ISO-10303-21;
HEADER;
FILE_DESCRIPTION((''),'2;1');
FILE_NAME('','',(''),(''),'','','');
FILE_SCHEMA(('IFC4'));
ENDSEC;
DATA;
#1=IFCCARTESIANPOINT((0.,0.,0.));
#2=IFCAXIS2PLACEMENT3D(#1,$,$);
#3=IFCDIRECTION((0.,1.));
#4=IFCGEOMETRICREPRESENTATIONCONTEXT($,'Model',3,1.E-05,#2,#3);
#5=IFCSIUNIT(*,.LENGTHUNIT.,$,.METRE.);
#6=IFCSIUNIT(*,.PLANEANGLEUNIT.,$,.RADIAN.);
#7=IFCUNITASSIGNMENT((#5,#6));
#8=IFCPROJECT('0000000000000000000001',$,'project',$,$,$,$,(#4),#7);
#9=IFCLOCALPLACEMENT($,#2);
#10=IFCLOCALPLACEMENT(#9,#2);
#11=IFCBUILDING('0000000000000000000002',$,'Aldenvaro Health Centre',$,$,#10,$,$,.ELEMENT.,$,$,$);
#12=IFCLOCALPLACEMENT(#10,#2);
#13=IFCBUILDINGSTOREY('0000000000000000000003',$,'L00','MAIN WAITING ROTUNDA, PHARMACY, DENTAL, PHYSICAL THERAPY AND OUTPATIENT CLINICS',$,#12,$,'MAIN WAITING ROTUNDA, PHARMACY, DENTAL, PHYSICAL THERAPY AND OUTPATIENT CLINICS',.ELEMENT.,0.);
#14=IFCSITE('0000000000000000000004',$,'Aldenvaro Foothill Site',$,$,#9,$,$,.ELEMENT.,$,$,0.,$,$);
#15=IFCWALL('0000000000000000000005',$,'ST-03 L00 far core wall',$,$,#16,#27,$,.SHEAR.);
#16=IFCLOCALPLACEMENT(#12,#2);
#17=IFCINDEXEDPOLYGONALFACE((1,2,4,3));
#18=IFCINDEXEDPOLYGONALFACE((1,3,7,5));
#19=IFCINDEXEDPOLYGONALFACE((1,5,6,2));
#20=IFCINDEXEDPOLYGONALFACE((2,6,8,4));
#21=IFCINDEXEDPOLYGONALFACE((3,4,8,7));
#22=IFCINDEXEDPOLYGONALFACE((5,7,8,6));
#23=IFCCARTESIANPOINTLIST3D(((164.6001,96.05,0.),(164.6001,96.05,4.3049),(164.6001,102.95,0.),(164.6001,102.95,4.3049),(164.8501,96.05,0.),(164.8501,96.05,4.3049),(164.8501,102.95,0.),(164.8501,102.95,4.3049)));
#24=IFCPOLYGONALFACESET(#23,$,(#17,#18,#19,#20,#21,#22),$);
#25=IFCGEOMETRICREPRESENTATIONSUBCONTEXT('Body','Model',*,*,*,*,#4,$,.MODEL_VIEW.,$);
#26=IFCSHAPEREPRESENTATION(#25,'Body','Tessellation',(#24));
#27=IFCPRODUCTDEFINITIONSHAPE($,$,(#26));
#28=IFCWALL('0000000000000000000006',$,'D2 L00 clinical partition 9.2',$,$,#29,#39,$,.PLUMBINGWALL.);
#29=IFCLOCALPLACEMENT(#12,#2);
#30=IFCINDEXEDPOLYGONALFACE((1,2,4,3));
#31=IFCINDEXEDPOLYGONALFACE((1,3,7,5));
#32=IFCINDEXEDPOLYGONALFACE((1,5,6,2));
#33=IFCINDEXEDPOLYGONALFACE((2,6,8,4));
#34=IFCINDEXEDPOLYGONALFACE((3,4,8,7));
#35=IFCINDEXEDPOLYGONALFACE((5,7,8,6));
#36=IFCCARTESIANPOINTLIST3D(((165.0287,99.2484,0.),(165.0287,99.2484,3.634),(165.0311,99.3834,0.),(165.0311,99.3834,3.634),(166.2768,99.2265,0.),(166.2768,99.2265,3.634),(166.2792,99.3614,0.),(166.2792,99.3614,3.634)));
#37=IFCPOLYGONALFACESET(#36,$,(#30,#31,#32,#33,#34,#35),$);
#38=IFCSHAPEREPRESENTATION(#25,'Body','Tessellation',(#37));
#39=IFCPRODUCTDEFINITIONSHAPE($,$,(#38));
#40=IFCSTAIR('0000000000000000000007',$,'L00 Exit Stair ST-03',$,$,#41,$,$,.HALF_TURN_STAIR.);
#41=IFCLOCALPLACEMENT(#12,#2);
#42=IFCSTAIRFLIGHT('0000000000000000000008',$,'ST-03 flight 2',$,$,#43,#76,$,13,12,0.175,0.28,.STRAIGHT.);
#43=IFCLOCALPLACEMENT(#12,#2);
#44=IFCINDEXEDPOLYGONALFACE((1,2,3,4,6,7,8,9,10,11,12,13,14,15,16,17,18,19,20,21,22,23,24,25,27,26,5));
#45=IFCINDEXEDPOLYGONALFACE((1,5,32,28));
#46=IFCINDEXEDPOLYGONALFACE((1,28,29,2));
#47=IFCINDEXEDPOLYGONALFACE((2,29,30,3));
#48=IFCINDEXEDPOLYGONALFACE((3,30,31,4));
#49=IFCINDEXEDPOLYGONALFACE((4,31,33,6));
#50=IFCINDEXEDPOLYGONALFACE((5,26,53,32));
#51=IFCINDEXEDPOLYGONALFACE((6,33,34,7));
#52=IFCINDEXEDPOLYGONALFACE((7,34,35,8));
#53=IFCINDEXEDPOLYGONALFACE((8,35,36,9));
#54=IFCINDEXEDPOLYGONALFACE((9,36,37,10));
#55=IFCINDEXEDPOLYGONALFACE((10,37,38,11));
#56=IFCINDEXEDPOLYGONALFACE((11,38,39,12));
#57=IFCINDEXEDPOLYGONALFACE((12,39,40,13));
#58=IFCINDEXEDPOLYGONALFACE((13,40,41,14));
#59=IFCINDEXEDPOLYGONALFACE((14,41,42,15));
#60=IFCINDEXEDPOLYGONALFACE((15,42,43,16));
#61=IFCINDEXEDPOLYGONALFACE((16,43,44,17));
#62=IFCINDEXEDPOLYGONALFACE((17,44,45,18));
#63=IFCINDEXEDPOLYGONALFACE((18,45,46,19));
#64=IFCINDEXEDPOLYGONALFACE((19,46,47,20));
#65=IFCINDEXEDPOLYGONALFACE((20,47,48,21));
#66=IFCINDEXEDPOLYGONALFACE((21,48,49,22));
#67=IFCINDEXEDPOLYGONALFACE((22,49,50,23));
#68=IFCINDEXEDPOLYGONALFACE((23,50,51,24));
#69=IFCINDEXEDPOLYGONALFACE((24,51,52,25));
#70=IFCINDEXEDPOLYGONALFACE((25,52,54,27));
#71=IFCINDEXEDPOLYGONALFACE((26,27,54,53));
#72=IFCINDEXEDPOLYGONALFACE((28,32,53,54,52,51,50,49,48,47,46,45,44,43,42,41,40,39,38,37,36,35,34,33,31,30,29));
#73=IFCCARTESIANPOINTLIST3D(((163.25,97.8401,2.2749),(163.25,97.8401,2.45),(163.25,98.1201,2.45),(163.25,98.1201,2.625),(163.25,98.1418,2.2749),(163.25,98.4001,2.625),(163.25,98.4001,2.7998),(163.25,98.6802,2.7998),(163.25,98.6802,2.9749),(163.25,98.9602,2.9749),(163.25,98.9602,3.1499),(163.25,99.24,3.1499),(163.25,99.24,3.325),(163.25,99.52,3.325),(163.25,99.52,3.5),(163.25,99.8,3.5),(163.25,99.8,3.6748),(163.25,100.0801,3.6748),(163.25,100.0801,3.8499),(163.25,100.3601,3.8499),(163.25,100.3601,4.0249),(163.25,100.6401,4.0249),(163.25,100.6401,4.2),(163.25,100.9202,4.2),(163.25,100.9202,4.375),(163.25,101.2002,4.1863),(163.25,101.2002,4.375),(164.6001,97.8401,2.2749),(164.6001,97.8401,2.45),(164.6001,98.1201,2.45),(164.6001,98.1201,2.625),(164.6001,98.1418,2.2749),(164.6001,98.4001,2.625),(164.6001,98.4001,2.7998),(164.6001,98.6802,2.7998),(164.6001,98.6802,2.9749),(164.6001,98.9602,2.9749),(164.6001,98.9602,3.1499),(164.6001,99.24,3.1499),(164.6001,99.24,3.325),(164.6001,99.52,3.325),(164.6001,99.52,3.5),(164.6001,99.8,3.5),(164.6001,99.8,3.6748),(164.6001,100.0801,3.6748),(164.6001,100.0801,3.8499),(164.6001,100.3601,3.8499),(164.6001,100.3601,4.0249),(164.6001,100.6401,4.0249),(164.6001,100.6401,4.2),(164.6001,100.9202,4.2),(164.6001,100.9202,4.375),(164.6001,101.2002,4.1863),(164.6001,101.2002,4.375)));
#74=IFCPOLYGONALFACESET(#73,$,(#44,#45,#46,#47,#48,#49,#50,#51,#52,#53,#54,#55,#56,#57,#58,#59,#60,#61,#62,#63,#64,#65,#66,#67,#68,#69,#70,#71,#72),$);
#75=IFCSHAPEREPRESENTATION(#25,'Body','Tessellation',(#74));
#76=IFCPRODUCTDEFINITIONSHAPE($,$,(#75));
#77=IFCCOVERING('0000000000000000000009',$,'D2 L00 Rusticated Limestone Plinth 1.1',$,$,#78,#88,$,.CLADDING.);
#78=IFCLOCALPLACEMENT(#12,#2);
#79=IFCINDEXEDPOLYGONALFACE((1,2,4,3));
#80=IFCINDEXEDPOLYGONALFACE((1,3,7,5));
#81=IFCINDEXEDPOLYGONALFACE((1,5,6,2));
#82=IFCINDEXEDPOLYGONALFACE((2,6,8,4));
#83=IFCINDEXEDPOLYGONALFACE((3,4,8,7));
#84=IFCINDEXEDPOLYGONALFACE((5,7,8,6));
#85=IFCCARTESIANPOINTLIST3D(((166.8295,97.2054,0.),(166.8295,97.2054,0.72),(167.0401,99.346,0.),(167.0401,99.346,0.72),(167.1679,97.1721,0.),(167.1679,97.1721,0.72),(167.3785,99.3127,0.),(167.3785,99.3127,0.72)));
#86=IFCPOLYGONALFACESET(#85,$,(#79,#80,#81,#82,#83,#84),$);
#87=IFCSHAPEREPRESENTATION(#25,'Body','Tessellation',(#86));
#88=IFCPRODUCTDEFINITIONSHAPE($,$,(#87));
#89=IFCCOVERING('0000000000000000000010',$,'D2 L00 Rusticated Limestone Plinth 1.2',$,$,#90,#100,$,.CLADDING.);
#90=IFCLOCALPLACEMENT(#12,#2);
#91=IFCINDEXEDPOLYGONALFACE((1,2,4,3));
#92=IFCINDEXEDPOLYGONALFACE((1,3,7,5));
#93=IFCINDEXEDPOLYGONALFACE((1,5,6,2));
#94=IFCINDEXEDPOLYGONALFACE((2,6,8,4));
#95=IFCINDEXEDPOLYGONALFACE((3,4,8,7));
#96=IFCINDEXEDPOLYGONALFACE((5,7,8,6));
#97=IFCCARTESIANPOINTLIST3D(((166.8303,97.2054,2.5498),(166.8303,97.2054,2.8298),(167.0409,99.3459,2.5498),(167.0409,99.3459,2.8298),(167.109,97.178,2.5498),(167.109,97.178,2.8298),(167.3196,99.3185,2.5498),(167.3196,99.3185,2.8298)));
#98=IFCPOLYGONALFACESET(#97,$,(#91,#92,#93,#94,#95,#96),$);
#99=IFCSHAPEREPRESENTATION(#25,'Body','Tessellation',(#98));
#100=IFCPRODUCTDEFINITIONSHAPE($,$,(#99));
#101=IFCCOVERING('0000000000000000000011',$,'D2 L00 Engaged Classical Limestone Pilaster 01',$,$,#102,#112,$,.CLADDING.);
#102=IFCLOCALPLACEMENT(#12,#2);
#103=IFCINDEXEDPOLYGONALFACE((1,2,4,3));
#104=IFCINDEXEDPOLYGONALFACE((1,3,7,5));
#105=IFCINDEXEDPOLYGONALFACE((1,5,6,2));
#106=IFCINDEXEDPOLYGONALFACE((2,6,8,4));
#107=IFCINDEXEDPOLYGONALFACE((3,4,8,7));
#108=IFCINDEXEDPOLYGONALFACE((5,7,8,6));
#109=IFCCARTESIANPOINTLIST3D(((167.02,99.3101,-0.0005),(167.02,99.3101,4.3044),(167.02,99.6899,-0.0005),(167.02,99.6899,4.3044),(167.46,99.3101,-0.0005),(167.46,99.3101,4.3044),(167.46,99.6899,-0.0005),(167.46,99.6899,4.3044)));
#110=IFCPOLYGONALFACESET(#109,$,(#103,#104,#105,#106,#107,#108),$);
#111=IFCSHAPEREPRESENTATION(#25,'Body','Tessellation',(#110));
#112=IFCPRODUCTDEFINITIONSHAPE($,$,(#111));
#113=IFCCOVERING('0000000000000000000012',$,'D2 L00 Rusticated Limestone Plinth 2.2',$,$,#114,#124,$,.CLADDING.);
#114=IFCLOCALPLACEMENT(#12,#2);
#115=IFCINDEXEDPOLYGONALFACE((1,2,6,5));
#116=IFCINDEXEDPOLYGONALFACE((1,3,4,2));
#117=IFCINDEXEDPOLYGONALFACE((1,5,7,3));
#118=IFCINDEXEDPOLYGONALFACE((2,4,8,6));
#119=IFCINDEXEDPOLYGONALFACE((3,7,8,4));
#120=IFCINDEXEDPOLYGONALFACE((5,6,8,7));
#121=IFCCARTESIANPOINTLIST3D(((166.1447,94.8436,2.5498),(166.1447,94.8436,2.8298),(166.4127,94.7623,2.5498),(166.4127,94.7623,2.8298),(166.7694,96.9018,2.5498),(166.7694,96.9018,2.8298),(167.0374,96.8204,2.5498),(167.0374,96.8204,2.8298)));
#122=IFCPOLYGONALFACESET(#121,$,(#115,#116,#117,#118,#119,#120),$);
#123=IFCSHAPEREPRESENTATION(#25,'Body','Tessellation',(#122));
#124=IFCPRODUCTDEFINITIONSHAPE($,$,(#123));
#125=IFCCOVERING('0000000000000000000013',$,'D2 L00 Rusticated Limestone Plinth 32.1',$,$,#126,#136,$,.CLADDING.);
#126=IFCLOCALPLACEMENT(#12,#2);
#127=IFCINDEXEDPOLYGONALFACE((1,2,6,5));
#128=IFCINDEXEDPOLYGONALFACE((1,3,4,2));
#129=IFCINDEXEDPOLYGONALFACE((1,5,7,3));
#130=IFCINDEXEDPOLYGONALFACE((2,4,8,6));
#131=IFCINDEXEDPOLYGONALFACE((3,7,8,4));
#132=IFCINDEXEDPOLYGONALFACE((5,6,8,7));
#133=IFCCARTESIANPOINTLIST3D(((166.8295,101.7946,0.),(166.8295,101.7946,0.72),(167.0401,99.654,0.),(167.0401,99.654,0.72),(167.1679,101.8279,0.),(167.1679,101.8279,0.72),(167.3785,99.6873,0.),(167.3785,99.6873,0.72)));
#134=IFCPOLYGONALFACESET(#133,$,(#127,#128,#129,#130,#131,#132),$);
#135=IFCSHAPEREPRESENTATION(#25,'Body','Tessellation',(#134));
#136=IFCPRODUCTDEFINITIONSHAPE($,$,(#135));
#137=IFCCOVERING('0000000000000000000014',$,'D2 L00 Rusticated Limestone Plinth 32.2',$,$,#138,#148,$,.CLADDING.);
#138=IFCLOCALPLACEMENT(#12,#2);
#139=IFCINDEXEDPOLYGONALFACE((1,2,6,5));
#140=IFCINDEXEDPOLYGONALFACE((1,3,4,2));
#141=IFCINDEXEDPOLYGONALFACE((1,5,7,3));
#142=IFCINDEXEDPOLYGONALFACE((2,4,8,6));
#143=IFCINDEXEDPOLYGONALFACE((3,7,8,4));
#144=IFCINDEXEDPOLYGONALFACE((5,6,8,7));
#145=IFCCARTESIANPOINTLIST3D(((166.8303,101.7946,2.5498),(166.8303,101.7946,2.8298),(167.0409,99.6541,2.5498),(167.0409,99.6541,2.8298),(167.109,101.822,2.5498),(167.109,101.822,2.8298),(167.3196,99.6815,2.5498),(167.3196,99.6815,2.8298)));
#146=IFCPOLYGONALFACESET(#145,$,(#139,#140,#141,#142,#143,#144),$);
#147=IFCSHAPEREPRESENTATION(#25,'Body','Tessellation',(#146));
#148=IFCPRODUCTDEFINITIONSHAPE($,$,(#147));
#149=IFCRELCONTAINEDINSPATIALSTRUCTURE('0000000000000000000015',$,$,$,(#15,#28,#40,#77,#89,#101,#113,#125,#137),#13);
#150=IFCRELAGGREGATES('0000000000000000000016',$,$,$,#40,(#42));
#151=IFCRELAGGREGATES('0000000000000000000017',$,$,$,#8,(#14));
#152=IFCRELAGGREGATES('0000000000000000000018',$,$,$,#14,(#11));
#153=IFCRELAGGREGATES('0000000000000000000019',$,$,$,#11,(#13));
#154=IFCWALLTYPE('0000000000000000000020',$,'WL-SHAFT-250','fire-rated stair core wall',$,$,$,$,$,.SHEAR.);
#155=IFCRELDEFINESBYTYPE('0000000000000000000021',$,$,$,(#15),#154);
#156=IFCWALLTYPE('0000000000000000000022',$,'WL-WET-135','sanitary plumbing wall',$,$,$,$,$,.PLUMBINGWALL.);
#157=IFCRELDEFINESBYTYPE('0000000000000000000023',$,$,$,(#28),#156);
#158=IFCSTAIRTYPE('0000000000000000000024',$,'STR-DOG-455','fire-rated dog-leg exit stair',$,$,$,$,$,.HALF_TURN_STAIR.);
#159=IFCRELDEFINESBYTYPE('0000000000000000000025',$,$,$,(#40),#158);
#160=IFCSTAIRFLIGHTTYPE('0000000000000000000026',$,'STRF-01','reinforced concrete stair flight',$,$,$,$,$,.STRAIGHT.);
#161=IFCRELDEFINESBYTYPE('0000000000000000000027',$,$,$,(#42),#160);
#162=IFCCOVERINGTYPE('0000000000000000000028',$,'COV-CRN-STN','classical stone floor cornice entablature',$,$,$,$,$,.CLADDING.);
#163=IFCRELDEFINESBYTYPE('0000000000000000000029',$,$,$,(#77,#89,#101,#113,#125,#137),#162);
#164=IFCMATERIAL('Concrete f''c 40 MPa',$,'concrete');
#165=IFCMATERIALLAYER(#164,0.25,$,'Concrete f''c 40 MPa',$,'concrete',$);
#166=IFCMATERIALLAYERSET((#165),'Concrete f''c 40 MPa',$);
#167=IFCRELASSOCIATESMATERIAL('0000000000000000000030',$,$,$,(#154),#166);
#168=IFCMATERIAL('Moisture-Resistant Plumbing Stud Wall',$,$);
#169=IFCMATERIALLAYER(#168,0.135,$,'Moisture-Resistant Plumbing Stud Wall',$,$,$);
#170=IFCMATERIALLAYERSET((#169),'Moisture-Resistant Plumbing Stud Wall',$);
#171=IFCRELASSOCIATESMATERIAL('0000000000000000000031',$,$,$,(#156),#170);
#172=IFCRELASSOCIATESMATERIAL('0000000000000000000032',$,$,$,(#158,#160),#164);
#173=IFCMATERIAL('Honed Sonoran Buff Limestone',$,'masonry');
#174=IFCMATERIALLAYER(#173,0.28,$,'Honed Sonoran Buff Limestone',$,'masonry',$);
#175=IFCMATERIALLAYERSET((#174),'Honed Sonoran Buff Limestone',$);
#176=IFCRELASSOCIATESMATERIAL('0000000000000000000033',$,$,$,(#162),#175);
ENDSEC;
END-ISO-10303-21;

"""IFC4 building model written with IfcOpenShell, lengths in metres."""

from ifc_helpers import new_model, si_unit, direction, frame, frame_2d, origin, origin_2d, place, context, subcontext, project, spatial, polyline, rectangle, outline, extrude, material, layer, layer_set, type_object, element, aggregate, save


model = new_model("IFC4")

# Units and contexts
model_context = context("Model", 3, precision=1e-05, world=origin(), true_north=direction((0.0, 1.0)))
body_context = subcontext(model_context, "Body", "Model", "MODEL_VIEW")
ifc_project = project(units=[si_unit("LENGTHUNIT", "METRE"), si_unit("PLANEANGLEUNIT", "RADIAN")], contexts=[model_context])

# Site, building, storey
site_placement = place(None, origin())
site = spatial("IfcSite", under=ifc_project, at=site_placement, Name="Aldenvaro Foothill Site", CompositionType="ELEMENT", RefElevation=0.0)
building_placement = place(site_placement, origin())
building = spatial("IfcBuilding", under=site, at=building_placement, Name="Aldenvaro Health Centre", CompositionType="ELEMENT")
storey_placement = place(building_placement, origin())
storey = spatial("IfcBuildingStorey", under=building, at=storey_placement, Name="L00", Description="MAIN WAITING ROTUNDA, PHARMACY, DENTAL, PHYSICAL THERAPY AND OUTPATIENT CLINICS", LongName="MAIN WAITING ROTUNDA, PHARMACY, DENTAL, PHYSICAL THERAPY AND OUTPATIENT CLINICS", CompositionType="ELEMENT", Elevation=0.0)

# Shared definitions
ifc_material_1 = material(Name="Concrete f'c 40 MPa", Category="concrete")

# Walls
ifc_layer_1 = layer(ifc_material_1, 0.25, Name="Concrete f'c 40 MPa", Category="concrete")
ifc_layer_set_1 = layer_set([ifc_layer_1], Name="Concrete f'c 40 MPa")
wall_type_1 = type_object("IfcWallType", Name="WL-SHAFT-250", Description="fire-rated stair core wall", PredefinedType="SHEAR", material=ifc_layer_set_1)
wall_1_placement = place(storey_placement, frame((164.7251, 102.95, 0.0), z_axis=(0.0, 0.0, 1.0), x_axis=(0.0, -1.0, 0.0)))
element("IfcWall", 1, at=wall_1_placement, inside=storey, type_object=wall_type_1, Name="ST-03 L00 far core wall", PredefinedType="SHEAR", context=body_context, shape_type="SweptSolid", body=[
    extrude(rectangle(XDim=6.8999, YDim=0.25, at=frame_2d((3.45, 0.0))), origin(), (0.0, 0.0, 1.0), 4.3049),
])
ifc_material_2 = material(Name="Moisture-Resistant Plumbing Stud Wall")
ifc_layer_2 = layer(ifc_material_2, 0.135, Name="Moisture-Resistant Plumbing Stud Wall")
ifc_layer_set_2 = layer_set([ifc_layer_2], Name="Moisture-Resistant Plumbing Stud Wall")
wall_type_2 = type_object("IfcWallType", Name="WL-WET-135", Description="sanitary plumbing wall", PredefinedType="PLUMBINGWALL", material=ifc_layer_set_2)
wall_2_placement = place(storey_placement, frame((165.03, 99.3159, 0.0), z_axis=(0.0, 0.0, 1.0), x_axis=(0.999845, -0.017603, 0.0)))
element("IfcWall", 2, at=wall_2_placement, inside=storey, type_object=wall_type_2, Name="D2 L00 clinical partition 9.2", PredefinedType="PLUMBINGWALL", context=body_context, shape_type="SweptSolid", body=[
    extrude(rectangle(XDim=1.2483, YDim=0.135, at=frame_2d((0.624, 0.0))), origin(), (0.0, 0.0, 1.0), 3.634),
])

# Stair, stair flight
stair_type = type_object("IfcStairType", Name="STR-DOG-455", Description="fire-rated dog-leg exit stair", PredefinedType="HALF_TURN_STAIR", material=ifc_material_1)
stair_placement = place(storey_placement, origin())
stair = element("IfcStair", 3, at=stair_placement, inside=storey, type_object=stair_type, Name="L00 Exit Stair ST-03", PredefinedType="HALF_TURN_STAIR")
stair_flight_type = type_object("IfcStairFlightType", Name="STRF-01", Description="reinforced concrete stair flight", PredefinedType="STRAIGHT", material=ifc_material_1)
stair_flight_placement = place(storey_placement, frame((163.925, 97.8401, 2.2749), z_axis=(0.0, 0.0, 1.0), x_axis=(0.0, 1.0, 0.0)))
stair_flight = element("IfcStairFlight", 4, at=stair_flight_placement, type_object=stair_flight_type, Name="ST-03 flight 2", NumberOfRisers=13, NumberOfTreads=12, PredefinedType="STRAIGHT", RiserHeight=0.175, TreadLength=0.28, context=body_context, shape_type="SweptSolid", body=[
    extrude(outline(polyline([(0.0, 0.0), (0.0, 0.175), (0.28, 0.175), (0.28, 0.3501), (0.5601, 0.3501), (0.5601, 0.5249), (0.8401, 0.5249), (0.8401, 0.7), (1.1201, 0.7), (1.1201, 0.875), (1.3999, 0.875), (1.3999, 1.05), (1.6799, 1.05), (1.6799, 1.2251), (1.96, 1.2251), (1.96, 1.3999), (2.24, 1.3999), (2.24, 1.575), (2.52, 1.575), (2.52, 1.75), (2.8, 1.75), (2.8, 1.925), (3.0801, 1.925), (3.0801, 2.1001), (3.3601, 2.1001), (3.3601, 2.2749), (3.3601, 1.9114), (0.3018, 0.0), (0.0, 0.0)])), frame((0.0, 0.675, 0.0), z_axis=(0.0, -1.0, 0.0), x_axis=(1.0, 0.0, 0.0)), (0.0, 0.0, 1.0), 1.3501),
])
aggregate(stair, [stair_flight])

# Coverings
ifc_material_3 = material(Name="Honed Sonoran Buff Limestone", Category="masonry")
ifc_layer_3 = layer(ifc_material_3, 0.28, Name="Honed Sonoran Buff Limestone", Category="masonry")
ifc_layer_set_3 = layer_set([ifc_layer_3], Name="Honed Sonoran Buff Limestone")
covering_type = type_object("IfcCoveringType", Name="COV-CRN-STN", Description="classical stone floor cornice entablature", PredefinedType="CLADDING", material=ifc_layer_set_3)
covering_1_placement = place(storey_placement, frame((167.104, 98.259, 0.0), z_axis=(0.0, 0.0, 1.0), x_axis=(-0.097915, -0.995195, 0.0)))
element("IfcCovering", 5, at=covering_1_placement, inside=storey, type_object=covering_type, Name="D2 L00 Rusticated Limestone Plinth 1.1", PredefinedType="CLADDING", context=body_context, shape_type="SweptSolid", body=[
    extrude(rectangle(XDim=2.1509, YDim=0.3401, at=origin_2d()), origin(), (0.0, 0.0, 1.0), 0.72),
])
covering_2_placement = place(storey_placement, frame((167.075, 98.262, 2.5498), z_axis=(0.0, 0.0, 1.0), x_axis=(-0.097915, -0.995195, 0.0)))
element("IfcCovering", 6, at=covering_2_placement, inside=storey, type_object=covering_type, Name="D2 L00 Rusticated Limestone Plinth 1.2", PredefinedType="CLADDING", context=body_context, shape_type="SweptSolid", body=[
    extrude(rectangle(XDim=2.1509, YDim=0.28, at=origin_2d()), origin(), (0.0, 0.0, 1.0), 0.28),
])
covering_3_placement = place(storey_placement, frame((167.24, 99.5, -0.0005), z_axis=(0.0, 0.0, 1.0), x_axis=(1.0, 0.0, 0.0)))
element("IfcCovering", 7, at=covering_3_placement, inside=storey, type_object=covering_type, Name="D2 L00 Engaged Classical Limestone Pilaster 01", PredefinedType="CLADDING", context=body_context, shape_type="SweptSolid", body=[
    extrude(rectangle(XDim=0.4399, YDim=0.3799, at=origin_2d()), origin(), (0.0, 0.0, 1.0), 4.3049),
])
covering_4_placement = place(storey_placement, frame((166.5911, 95.832, 2.5498), z_axis=(0.0, 0.0, 1.0), x_axis=(-0.290441, -0.956893, 0.0)))
element("IfcCovering", 8, at=covering_4_placement, inside=storey, type_object=covering_type, Name="D2 L00 Rusticated Limestone Plinth 2.2", PredefinedType="CLADDING", context=body_context, shape_type="SweptSolid", body=[
    extrude(rectangle(XDim=2.1509, YDim=0.28, at=origin_2d()), origin(), (0.0, 0.0, 1.0), 0.28),
])
covering_5_placement = place(storey_placement, frame((167.104, 100.741, 0.0), z_axis=(0.0, 0.0, 1.0), x_axis=(0.097915, -0.995195, 0.0)))
element("IfcCovering", 9, at=covering_5_placement, inside=storey, type_object=covering_type, Name="D2 L00 Rusticated Limestone Plinth 32.1", PredefinedType="CLADDING", context=body_context, shape_type="SweptSolid", body=[
    extrude(rectangle(XDim=2.1509, YDim=0.3401, at=origin_2d()), origin(), (0.0, 0.0, 1.0), 0.72),
])
covering_6_placement = place(storey_placement, frame((167.075, 100.738, 2.5498), z_axis=(0.0, 0.0, 1.0), x_axis=(0.097915, -0.995195, 0.0)))
element("IfcCovering", 10, at=covering_6_placement, inside=storey, type_object=covering_type, Name="D2 L00 Rusticated Limestone Plinth 32.2", PredefinedType="CLADDING", context=body_context, shape_type="SweptSolid", body=[
    extrude(rectangle(XDim=2.1509, YDim=0.28, at=origin_2d()), origin(), (0.0, 0.0, 1.0), 0.28),
])

save(model, "model.ifc")
